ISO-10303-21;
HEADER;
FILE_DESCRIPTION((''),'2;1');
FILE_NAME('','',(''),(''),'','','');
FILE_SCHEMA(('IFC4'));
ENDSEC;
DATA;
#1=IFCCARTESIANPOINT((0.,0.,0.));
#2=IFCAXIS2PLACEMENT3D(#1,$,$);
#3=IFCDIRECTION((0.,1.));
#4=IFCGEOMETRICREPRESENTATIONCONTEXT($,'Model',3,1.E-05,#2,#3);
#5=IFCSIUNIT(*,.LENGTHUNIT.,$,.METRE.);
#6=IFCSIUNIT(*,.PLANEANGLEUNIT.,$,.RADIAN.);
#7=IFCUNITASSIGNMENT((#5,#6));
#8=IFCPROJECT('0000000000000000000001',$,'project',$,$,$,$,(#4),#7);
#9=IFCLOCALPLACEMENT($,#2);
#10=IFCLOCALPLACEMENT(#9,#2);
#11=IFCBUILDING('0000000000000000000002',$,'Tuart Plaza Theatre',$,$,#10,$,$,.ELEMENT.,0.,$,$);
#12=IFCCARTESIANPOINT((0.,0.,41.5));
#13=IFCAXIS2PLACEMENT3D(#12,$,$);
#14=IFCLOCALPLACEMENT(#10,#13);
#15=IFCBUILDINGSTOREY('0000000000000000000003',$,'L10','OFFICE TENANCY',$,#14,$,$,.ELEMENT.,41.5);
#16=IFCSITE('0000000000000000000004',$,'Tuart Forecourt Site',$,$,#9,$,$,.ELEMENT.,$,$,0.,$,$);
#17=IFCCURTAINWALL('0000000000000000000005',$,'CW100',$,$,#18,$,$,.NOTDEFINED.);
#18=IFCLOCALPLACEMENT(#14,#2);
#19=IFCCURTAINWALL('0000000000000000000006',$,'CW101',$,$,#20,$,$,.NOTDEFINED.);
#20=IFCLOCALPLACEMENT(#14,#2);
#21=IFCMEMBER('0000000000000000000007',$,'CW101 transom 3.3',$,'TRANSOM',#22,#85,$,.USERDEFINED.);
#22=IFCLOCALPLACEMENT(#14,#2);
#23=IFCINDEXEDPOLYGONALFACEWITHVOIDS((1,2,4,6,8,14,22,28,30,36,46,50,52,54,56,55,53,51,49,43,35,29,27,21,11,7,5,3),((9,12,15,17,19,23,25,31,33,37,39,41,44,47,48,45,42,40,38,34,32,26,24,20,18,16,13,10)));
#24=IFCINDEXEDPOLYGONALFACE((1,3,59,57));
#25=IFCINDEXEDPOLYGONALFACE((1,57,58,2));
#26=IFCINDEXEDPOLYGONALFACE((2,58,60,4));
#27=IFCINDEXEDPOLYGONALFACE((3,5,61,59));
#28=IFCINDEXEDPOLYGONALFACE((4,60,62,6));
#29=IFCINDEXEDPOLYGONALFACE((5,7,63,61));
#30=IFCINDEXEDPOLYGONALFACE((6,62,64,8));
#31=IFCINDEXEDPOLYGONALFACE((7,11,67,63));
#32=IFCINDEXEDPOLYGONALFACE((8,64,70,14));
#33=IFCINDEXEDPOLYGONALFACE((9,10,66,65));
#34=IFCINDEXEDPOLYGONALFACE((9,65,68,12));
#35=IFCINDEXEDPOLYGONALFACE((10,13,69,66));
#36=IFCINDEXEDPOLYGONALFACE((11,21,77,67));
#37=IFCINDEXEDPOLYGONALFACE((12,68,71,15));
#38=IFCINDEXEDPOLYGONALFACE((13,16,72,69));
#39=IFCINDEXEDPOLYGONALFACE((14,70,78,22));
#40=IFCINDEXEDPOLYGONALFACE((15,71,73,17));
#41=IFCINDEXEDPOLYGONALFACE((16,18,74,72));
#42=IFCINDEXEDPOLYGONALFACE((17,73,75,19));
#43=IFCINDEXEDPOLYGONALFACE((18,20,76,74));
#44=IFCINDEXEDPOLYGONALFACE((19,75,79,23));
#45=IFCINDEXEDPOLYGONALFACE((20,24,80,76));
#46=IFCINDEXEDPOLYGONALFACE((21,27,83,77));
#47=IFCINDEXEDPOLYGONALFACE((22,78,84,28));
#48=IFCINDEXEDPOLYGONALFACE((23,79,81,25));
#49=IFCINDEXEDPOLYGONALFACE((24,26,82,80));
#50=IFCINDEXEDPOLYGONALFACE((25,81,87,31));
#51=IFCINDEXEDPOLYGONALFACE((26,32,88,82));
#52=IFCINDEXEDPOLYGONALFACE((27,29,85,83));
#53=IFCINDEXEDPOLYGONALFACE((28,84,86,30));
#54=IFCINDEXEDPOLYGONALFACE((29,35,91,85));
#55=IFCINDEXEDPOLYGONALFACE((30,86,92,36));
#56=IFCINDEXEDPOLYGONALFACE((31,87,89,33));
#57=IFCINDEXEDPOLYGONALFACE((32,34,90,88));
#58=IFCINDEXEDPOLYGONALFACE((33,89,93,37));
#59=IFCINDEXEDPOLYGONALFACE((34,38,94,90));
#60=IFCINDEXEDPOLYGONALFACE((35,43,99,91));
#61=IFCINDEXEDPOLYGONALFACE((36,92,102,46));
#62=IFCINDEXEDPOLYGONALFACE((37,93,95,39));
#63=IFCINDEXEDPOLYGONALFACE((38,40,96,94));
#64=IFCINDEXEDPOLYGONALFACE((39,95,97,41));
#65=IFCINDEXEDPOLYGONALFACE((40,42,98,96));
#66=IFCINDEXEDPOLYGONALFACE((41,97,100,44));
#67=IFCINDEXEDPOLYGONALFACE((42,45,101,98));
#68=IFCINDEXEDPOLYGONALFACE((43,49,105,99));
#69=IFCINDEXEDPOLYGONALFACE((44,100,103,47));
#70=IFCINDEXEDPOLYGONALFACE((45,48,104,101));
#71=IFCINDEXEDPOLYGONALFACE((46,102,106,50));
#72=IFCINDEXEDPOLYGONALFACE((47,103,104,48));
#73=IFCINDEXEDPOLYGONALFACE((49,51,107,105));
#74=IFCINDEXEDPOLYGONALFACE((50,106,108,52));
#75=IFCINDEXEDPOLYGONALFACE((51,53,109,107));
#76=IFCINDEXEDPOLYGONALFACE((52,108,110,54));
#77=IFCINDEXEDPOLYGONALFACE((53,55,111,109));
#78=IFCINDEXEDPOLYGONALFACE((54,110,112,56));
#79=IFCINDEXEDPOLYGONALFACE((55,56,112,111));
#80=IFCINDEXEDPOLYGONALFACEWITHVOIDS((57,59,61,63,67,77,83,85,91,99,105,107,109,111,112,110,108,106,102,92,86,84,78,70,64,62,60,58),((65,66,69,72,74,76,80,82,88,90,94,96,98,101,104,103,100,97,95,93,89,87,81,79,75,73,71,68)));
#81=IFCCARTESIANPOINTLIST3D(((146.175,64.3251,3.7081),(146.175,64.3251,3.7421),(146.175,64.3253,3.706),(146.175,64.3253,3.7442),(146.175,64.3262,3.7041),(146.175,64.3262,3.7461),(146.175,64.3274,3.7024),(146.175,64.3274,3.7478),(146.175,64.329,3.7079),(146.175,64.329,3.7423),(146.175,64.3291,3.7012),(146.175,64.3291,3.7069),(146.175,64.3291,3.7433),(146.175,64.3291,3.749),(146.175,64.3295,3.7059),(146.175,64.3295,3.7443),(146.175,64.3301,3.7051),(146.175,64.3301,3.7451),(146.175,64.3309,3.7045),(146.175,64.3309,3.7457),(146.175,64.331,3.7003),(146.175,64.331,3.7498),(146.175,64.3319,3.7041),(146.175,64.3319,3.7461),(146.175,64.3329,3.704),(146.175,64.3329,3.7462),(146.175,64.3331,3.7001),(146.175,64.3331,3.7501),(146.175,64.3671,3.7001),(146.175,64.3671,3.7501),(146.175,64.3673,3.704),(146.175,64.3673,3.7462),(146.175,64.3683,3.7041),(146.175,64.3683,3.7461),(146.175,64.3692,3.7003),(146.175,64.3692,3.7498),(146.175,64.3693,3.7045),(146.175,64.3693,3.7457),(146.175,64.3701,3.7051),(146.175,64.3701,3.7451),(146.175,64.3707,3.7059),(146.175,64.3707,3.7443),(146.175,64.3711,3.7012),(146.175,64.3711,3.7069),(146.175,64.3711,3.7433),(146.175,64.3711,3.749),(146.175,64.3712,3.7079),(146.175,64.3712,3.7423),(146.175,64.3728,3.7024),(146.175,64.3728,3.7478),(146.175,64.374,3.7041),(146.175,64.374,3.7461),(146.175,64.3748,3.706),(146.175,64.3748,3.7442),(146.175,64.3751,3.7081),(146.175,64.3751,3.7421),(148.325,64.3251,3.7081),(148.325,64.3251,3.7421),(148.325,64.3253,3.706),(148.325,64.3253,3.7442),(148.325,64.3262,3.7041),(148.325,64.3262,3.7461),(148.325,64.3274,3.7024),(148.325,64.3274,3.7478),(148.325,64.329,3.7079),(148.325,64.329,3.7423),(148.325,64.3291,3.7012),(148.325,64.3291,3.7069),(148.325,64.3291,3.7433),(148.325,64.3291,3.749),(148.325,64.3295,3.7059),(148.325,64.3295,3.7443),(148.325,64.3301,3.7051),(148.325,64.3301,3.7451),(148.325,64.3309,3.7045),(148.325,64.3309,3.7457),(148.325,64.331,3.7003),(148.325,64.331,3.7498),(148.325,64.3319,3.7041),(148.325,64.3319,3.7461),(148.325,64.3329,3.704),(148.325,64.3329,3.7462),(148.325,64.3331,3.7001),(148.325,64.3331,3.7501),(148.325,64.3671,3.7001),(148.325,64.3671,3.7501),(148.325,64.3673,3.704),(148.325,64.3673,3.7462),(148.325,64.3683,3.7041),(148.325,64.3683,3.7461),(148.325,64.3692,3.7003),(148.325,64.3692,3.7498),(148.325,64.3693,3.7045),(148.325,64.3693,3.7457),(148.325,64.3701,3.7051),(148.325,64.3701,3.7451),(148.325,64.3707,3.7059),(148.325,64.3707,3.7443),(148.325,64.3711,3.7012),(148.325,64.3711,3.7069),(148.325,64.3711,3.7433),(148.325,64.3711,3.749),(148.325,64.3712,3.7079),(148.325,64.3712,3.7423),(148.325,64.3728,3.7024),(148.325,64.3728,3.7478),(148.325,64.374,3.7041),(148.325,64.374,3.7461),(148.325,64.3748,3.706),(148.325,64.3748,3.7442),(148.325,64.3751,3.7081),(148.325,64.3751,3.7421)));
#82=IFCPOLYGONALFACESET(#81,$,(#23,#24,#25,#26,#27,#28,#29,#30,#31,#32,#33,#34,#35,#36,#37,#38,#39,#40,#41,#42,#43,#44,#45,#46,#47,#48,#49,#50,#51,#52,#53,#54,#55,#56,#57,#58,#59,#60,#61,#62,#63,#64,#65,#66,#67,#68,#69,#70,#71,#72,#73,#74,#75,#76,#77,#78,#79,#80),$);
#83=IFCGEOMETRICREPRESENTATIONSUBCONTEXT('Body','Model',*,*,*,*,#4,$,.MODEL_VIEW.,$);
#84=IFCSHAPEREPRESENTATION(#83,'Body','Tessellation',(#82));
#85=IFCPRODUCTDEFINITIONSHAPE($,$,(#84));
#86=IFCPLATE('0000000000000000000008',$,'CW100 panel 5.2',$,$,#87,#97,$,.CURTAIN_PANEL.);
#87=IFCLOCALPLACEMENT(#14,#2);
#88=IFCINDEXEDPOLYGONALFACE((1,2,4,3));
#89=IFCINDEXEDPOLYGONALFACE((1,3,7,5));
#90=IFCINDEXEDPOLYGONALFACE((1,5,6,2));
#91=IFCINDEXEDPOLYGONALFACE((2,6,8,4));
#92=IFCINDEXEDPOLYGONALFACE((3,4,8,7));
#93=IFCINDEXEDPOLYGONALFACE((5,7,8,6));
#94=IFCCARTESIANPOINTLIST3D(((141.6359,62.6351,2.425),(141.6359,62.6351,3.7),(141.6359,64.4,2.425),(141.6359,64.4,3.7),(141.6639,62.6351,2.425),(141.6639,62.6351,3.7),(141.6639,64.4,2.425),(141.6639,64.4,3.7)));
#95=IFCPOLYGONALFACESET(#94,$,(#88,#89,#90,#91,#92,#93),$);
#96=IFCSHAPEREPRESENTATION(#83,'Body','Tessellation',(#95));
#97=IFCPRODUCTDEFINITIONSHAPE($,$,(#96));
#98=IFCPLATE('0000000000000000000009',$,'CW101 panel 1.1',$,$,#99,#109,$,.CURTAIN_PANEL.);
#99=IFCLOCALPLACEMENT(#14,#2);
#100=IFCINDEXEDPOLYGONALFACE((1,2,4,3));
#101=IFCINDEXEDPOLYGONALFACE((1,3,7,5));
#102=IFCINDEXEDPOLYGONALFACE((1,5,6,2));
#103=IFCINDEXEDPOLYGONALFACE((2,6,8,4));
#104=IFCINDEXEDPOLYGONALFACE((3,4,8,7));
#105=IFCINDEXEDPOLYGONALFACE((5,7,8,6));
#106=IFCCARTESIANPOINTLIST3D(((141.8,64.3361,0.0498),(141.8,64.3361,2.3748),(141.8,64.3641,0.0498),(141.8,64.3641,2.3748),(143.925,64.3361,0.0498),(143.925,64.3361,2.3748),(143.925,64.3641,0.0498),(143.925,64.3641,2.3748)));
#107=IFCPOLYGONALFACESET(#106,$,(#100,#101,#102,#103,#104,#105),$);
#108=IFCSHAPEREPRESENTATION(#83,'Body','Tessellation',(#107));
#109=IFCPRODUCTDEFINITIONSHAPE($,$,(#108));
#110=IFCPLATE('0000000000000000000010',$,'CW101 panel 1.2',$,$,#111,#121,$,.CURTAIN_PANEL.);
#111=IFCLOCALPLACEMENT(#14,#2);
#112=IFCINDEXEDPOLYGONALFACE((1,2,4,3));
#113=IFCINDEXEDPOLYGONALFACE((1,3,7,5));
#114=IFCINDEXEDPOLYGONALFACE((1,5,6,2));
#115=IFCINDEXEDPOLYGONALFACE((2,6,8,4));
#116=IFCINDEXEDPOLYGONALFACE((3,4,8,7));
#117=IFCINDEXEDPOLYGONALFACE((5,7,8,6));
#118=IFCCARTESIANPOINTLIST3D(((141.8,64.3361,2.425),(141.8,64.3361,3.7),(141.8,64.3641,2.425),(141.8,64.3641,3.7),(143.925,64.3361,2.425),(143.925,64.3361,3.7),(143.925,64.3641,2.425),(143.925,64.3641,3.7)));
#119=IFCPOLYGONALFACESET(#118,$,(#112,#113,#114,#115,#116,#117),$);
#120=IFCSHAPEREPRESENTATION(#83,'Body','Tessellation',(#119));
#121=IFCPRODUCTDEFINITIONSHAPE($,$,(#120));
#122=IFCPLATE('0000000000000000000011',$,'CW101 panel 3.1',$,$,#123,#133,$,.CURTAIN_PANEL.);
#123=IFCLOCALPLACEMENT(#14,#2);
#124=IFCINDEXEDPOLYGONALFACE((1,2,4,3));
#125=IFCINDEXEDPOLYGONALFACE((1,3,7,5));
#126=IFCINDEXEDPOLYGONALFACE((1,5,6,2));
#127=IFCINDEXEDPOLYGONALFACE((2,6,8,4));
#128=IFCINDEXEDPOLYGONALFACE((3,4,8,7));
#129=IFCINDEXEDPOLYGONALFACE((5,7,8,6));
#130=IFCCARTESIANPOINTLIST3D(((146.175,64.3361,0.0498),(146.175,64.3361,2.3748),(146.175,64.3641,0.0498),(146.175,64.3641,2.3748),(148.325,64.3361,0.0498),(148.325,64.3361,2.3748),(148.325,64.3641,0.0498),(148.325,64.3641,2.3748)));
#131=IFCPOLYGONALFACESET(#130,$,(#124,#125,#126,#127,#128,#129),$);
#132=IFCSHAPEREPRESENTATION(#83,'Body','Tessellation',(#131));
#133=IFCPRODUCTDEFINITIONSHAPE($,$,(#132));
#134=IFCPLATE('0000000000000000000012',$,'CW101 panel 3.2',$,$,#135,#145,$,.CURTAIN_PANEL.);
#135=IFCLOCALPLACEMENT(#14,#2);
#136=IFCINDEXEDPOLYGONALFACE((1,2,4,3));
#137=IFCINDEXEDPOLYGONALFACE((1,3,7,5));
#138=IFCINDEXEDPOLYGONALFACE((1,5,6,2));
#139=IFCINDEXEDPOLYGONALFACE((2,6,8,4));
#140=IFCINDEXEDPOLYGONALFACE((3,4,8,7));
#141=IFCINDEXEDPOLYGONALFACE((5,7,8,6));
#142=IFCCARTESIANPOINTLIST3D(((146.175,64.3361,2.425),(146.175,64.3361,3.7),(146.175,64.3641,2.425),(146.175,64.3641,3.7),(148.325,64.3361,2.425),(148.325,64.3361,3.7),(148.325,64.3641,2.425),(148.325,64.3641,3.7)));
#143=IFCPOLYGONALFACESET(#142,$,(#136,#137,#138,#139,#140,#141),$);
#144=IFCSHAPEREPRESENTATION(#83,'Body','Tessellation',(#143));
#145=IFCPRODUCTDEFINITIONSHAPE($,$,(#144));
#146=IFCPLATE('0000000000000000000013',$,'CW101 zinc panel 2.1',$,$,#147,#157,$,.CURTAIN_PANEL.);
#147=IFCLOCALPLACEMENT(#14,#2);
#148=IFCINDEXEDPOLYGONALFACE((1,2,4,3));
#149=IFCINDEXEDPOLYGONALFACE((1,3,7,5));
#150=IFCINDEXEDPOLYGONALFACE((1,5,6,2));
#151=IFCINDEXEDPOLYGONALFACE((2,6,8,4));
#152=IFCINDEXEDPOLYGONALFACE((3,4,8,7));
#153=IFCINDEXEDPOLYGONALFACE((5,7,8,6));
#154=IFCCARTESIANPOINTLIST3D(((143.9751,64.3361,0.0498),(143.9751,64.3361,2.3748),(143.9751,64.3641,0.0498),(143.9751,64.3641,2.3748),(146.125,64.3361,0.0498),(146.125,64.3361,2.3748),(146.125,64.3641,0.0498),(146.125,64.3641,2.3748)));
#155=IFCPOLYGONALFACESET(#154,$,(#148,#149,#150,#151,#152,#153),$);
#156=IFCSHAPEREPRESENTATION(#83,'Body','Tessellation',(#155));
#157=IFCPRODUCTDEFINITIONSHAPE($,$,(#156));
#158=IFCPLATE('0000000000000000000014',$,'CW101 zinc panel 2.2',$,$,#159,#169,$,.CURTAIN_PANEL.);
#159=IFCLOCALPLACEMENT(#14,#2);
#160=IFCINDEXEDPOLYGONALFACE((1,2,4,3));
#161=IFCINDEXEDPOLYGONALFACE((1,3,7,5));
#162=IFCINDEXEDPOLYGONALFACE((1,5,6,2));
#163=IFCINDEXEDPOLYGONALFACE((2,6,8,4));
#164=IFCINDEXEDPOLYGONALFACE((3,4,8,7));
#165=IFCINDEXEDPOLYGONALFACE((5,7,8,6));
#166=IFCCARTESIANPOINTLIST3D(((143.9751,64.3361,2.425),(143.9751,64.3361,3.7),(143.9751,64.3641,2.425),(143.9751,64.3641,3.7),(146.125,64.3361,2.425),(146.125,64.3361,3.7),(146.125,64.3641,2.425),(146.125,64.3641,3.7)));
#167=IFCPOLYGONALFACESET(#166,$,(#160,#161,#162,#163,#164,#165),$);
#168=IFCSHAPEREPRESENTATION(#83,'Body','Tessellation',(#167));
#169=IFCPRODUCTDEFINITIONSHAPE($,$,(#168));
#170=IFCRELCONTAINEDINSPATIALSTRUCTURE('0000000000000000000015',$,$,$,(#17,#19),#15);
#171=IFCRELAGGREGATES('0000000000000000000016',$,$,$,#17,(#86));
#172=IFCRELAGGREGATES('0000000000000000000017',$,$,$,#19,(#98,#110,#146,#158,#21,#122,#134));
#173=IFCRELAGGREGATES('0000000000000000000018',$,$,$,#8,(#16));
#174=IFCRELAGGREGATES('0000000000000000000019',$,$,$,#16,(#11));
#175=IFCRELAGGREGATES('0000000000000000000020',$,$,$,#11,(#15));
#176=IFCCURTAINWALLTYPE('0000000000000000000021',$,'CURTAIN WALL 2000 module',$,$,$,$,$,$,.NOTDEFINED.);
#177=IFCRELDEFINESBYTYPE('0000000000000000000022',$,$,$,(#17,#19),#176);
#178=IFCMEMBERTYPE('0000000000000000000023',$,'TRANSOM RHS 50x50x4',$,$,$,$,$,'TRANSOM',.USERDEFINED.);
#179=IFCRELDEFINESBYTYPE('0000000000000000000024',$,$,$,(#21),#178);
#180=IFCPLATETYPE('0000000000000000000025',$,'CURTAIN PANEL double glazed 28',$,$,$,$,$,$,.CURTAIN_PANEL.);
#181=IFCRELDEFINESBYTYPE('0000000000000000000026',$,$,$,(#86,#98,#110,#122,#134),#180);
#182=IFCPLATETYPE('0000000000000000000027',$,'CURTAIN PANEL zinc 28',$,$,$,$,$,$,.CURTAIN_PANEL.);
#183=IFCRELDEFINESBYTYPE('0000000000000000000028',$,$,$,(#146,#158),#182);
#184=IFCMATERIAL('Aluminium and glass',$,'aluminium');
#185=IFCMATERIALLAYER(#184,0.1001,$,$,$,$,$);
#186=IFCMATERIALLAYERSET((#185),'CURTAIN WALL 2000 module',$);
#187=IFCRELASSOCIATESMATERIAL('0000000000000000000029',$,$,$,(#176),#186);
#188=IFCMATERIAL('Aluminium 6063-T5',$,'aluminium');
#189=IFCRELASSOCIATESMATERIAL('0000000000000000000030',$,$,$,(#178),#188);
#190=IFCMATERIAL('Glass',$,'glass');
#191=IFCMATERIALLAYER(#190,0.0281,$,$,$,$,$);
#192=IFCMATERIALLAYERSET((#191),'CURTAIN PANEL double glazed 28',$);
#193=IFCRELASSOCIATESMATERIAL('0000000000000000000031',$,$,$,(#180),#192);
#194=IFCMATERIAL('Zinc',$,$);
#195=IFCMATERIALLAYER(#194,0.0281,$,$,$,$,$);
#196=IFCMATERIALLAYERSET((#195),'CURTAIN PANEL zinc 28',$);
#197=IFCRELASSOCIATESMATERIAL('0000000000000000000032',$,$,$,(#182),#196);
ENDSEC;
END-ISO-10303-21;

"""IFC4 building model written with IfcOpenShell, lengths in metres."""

from ifc_helpers import new_model, si_unit, direction, frame, origin, origin_2d, place, context, subcontext, project, spatial, rectangle, hollow_rectangle, extrude, material, layer, layer_set, material_profile, profile_set, type_object, element, aggregate, save


model = new_model("IFC4")

# Units and contexts
model_context = context("Model", 3, precision=1e-05, world=origin(), true_north=direction((0.0, 1.0)))
body_context = subcontext(model_context, "Body", "Model", "MODEL_VIEW")
ifc_project = project(units=[si_unit("LENGTHUNIT", "METRE"), si_unit("PLANEANGLEUNIT", "RADIAN")], contexts=[model_context])

# Site, building, storey
site_placement = place(None, origin())
site = spatial("IfcSite", under=ifc_project, at=site_placement, Name="Tuart Forecourt Site", CompositionType="ELEMENT", RefElevation=0.0)
building_placement = place(site_placement, origin())
building = spatial("IfcBuilding", under=site, at=building_placement, Name="Tuart Plaza Theatre", CompositionType="ELEMENT", ElevationOfRefHeight=0.0)
storey_placement = place(building_placement, frame((0.0, 0.0, 41.5)))
storey = spatial("IfcBuildingStorey", under=building, at=storey_placement, Name="L10", Description="OFFICE TENANCY", CompositionType="ELEMENT", Elevation=41.5)

# Curtain wall
ifc_material_1 = material(Name="Aluminium and glass", Category="aluminium")
ifc_layer_1 = layer(ifc_material_1, 0.1001)
ifc_layer_set_1 = layer_set([ifc_layer_1], Name="CURTAIN WALL 2000 module")
curtain_wall_type = type_object("IfcCurtainWallType", Name="CURTAIN WALL 2000 module", PredefinedType="NOTDEFINED", material=ifc_layer_set_1)
curtain_wall_1_placement = place(storey_placement, origin())
curtain_wall_1 = element("IfcCurtainWall", 1, at=curtain_wall_1_placement, inside=storey, type_object=curtain_wall_type, Name="CW100", PredefinedType="NOTDEFINED")

# Curtain wall, member
curtain_wall_2_placement = place(storey_placement, origin())
curtain_wall_2 = element("IfcCurtainWall", 2, at=curtain_wall_2_placement, inside=storey, type_object=curtain_wall_type, Name="CW101", PredefinedType="NOTDEFINED")
ifc_material_2 = material(Name="Aluminium 6063-T5", Category="aluminium")
ifc_material_profile_1 = material_profile(ifc_material_2, hollow_rectangle(XDim=0.05, YDim=0.05, WallThickness=0.0039, InnerFilletRadius=0.0039, OuterFilletRadius=0.0081, at=origin_2d()), Name="RHS 50x50x4")
ifc_profile_set_1 = profile_set([ifc_material_profile_1], Name="Aluminium 6063-T5")
member_type_1 = type_object("IfcMemberType", Name="TRANSOM RHS 50x50x4", ElementType="TRANSOM", PredefinedType="USERDEFINED", material=ifc_profile_set_1)
member_1_placement = place(storey_placement, frame((146.175, 64.3501, 3.7251), z_axis=(1.0, 0.0, 0.0), x_axis=(0.0, 1.0, 0.0)))
member_1 = element("IfcMember", 3, at=member_1_placement, type_object=member_type_1, Name="CW101 transom 3.3", ObjectType="TRANSOM", PredefinedType="USERDEFINED", context=body_context, shape_type="SweptSolid", body=[
    extrude(hollow_rectangle(XDim=0.05, YDim=0.05, WallThickness=0.0039, InnerFilletRadius=0.0039, OuterFilletRadius=0.0081, at=origin_2d()), origin(), (0.0, 0.0, 1.0), 2.1499),
])

# Plates
ifc_material_3 = material(Name="Glass", Category="glass")
ifc_layer_2 = layer(ifc_material_3, 0.0281)
ifc_layer_set_2 = layer_set([ifc_layer_2], Name="CURTAIN PANEL double glazed 28")
plate_type_1 = type_object("IfcPlateType", Name="CURTAIN PANEL double glazed 28", PredefinedType="CURTAIN_PANEL", material=ifc_layer_set_2)
plate_1_placement = place(storey_placement, frame((141.6499, 63.5176, 2.425), z_axis=(0.0, 0.0, 1.0), x_axis=(0.0, 1.0, 0.0)))
plate_1 = element("IfcPlate", 4, at=plate_1_placement, type_object=plate_type_1, Name="CW100 panel 5.2", PredefinedType="CURTAIN_PANEL", context=body_context, shape_type="SweptSolid", body=[
    extrude(rectangle(XDim=1.7649, YDim=0.0281, at=origin_2d()), origin(), (0.0, 0.0, 1.0), 1.2749),
])
aggregate(curtain_wall_1, [plate_1])
plate_2_placement = place(storey_placement, frame((142.8625, 64.3501, 0.0498), z_axis=(0.0, 0.0, 1.0), x_axis=(1.0, 0.0, 0.0)))
plate_2 = element("IfcPlate", 5, at=plate_2_placement, type_object=plate_type_1, Name="CW101 panel 1.1", PredefinedType="CURTAIN_PANEL", context=body_context, shape_type="SweptSolid", body=[
    extrude(rectangle(XDim=2.125, YDim=0.0281, at=origin_2d()), origin(), (0.0, 0.0, 1.0), 2.325),
])
plate_3_placement = place(storey_placement, frame((142.8625, 64.3501, 2.425), z_axis=(0.0, 0.0, 1.0), x_axis=(1.0, 0.0, 0.0)))
plate_3 = element("IfcPlate", 6, at=plate_3_placement, type_object=plate_type_1, Name="CW101 panel 1.2", PredefinedType="CURTAIN_PANEL", context=body_context, shape_type="SweptSolid", body=[
    extrude(rectangle(XDim=2.125, YDim=0.0281, at=origin_2d()), origin(), (0.0, 0.0, 1.0), 1.2749),
])
plate_4_placement = place(storey_placement, frame((147.25, 64.3501, 0.0498), z_axis=(0.0, 0.0, 1.0), x_axis=(1.0, 0.0, 0.0)))
plate_4 = element("IfcPlate", 7, at=plate_4_placement, type_object=plate_type_1, Name="CW101 panel 3.1", PredefinedType="CURTAIN_PANEL", context=body_context, shape_type="SweptSolid", body=[
    extrude(rectangle(XDim=2.1499, YDim=0.0281, at=origin_2d()), origin(), (0.0, 0.0, 1.0), 2.325),
])
plate_5_placement = place(storey_placement, frame((147.25, 64.3501, 2.425), z_axis=(0.0, 0.0, 1.0), x_axis=(1.0, 0.0, 0.0)))
plate_5 = element("IfcPlate", 8, at=plate_5_placement, type_object=plate_type_1, Name="CW101 panel 3.2", PredefinedType="CURTAIN_PANEL", context=body_context, shape_type="SweptSolid", body=[
    extrude(rectangle(XDim=2.1499, YDim=0.0281, at=origin_2d()), origin(), (0.0, 0.0, 1.0), 1.2749),
])
ifc_material_4 = material(Name="Zinc")
ifc_layer_3 = layer(ifc_material_4, 0.0281)
ifc_layer_set_3 = layer_set([ifc_layer_3], Name="CURTAIN PANEL zinc 28")
plate_type_2 = type_object("IfcPlateType", Name="CURTAIN PANEL zinc 28", PredefinedType="CURTAIN_PANEL", material=ifc_layer_set_3)
plate_6_placement = place(storey_placement, frame((145.05, 64.3501, 0.0498), z_axis=(0.0, 0.0, 1.0), x_axis=(1.0, 0.0, 0.0)))
plate_6 = element("IfcPlate", 9, at=plate_6_placement, type_object=plate_type_2, Name="CW101 zinc panel 2.1", PredefinedType="CURTAIN_PANEL", context=body_context, shape_type="SweptSolid", body=[
    extrude(rectangle(XDim=2.1499, YDim=0.0281, at=origin_2d()), origin(), (0.0, 0.0, 1.0), 2.325),
])
plate_7_placement = place(storey_placement, frame((145.05, 64.3501, 2.425), z_axis=(0.0, 0.0, 1.0), x_axis=(1.0, 0.0, 0.0)))
plate_7 = element("IfcPlate", 10, at=plate_7_placement, type_object=plate_type_2, Name="CW101 zinc panel 2.2", PredefinedType="CURTAIN_PANEL", context=body_context, shape_type="SweptSolid", body=[
    extrude(rectangle(XDim=2.1499, YDim=0.0281, at=origin_2d()), origin(), (0.0, 0.0, 1.0), 1.2749),
])
aggregate(curtain_wall_2, [plate_2, plate_3, plate_6, plate_7, member_1, plate_4, plate_5])

save(model, "model.ifc")
